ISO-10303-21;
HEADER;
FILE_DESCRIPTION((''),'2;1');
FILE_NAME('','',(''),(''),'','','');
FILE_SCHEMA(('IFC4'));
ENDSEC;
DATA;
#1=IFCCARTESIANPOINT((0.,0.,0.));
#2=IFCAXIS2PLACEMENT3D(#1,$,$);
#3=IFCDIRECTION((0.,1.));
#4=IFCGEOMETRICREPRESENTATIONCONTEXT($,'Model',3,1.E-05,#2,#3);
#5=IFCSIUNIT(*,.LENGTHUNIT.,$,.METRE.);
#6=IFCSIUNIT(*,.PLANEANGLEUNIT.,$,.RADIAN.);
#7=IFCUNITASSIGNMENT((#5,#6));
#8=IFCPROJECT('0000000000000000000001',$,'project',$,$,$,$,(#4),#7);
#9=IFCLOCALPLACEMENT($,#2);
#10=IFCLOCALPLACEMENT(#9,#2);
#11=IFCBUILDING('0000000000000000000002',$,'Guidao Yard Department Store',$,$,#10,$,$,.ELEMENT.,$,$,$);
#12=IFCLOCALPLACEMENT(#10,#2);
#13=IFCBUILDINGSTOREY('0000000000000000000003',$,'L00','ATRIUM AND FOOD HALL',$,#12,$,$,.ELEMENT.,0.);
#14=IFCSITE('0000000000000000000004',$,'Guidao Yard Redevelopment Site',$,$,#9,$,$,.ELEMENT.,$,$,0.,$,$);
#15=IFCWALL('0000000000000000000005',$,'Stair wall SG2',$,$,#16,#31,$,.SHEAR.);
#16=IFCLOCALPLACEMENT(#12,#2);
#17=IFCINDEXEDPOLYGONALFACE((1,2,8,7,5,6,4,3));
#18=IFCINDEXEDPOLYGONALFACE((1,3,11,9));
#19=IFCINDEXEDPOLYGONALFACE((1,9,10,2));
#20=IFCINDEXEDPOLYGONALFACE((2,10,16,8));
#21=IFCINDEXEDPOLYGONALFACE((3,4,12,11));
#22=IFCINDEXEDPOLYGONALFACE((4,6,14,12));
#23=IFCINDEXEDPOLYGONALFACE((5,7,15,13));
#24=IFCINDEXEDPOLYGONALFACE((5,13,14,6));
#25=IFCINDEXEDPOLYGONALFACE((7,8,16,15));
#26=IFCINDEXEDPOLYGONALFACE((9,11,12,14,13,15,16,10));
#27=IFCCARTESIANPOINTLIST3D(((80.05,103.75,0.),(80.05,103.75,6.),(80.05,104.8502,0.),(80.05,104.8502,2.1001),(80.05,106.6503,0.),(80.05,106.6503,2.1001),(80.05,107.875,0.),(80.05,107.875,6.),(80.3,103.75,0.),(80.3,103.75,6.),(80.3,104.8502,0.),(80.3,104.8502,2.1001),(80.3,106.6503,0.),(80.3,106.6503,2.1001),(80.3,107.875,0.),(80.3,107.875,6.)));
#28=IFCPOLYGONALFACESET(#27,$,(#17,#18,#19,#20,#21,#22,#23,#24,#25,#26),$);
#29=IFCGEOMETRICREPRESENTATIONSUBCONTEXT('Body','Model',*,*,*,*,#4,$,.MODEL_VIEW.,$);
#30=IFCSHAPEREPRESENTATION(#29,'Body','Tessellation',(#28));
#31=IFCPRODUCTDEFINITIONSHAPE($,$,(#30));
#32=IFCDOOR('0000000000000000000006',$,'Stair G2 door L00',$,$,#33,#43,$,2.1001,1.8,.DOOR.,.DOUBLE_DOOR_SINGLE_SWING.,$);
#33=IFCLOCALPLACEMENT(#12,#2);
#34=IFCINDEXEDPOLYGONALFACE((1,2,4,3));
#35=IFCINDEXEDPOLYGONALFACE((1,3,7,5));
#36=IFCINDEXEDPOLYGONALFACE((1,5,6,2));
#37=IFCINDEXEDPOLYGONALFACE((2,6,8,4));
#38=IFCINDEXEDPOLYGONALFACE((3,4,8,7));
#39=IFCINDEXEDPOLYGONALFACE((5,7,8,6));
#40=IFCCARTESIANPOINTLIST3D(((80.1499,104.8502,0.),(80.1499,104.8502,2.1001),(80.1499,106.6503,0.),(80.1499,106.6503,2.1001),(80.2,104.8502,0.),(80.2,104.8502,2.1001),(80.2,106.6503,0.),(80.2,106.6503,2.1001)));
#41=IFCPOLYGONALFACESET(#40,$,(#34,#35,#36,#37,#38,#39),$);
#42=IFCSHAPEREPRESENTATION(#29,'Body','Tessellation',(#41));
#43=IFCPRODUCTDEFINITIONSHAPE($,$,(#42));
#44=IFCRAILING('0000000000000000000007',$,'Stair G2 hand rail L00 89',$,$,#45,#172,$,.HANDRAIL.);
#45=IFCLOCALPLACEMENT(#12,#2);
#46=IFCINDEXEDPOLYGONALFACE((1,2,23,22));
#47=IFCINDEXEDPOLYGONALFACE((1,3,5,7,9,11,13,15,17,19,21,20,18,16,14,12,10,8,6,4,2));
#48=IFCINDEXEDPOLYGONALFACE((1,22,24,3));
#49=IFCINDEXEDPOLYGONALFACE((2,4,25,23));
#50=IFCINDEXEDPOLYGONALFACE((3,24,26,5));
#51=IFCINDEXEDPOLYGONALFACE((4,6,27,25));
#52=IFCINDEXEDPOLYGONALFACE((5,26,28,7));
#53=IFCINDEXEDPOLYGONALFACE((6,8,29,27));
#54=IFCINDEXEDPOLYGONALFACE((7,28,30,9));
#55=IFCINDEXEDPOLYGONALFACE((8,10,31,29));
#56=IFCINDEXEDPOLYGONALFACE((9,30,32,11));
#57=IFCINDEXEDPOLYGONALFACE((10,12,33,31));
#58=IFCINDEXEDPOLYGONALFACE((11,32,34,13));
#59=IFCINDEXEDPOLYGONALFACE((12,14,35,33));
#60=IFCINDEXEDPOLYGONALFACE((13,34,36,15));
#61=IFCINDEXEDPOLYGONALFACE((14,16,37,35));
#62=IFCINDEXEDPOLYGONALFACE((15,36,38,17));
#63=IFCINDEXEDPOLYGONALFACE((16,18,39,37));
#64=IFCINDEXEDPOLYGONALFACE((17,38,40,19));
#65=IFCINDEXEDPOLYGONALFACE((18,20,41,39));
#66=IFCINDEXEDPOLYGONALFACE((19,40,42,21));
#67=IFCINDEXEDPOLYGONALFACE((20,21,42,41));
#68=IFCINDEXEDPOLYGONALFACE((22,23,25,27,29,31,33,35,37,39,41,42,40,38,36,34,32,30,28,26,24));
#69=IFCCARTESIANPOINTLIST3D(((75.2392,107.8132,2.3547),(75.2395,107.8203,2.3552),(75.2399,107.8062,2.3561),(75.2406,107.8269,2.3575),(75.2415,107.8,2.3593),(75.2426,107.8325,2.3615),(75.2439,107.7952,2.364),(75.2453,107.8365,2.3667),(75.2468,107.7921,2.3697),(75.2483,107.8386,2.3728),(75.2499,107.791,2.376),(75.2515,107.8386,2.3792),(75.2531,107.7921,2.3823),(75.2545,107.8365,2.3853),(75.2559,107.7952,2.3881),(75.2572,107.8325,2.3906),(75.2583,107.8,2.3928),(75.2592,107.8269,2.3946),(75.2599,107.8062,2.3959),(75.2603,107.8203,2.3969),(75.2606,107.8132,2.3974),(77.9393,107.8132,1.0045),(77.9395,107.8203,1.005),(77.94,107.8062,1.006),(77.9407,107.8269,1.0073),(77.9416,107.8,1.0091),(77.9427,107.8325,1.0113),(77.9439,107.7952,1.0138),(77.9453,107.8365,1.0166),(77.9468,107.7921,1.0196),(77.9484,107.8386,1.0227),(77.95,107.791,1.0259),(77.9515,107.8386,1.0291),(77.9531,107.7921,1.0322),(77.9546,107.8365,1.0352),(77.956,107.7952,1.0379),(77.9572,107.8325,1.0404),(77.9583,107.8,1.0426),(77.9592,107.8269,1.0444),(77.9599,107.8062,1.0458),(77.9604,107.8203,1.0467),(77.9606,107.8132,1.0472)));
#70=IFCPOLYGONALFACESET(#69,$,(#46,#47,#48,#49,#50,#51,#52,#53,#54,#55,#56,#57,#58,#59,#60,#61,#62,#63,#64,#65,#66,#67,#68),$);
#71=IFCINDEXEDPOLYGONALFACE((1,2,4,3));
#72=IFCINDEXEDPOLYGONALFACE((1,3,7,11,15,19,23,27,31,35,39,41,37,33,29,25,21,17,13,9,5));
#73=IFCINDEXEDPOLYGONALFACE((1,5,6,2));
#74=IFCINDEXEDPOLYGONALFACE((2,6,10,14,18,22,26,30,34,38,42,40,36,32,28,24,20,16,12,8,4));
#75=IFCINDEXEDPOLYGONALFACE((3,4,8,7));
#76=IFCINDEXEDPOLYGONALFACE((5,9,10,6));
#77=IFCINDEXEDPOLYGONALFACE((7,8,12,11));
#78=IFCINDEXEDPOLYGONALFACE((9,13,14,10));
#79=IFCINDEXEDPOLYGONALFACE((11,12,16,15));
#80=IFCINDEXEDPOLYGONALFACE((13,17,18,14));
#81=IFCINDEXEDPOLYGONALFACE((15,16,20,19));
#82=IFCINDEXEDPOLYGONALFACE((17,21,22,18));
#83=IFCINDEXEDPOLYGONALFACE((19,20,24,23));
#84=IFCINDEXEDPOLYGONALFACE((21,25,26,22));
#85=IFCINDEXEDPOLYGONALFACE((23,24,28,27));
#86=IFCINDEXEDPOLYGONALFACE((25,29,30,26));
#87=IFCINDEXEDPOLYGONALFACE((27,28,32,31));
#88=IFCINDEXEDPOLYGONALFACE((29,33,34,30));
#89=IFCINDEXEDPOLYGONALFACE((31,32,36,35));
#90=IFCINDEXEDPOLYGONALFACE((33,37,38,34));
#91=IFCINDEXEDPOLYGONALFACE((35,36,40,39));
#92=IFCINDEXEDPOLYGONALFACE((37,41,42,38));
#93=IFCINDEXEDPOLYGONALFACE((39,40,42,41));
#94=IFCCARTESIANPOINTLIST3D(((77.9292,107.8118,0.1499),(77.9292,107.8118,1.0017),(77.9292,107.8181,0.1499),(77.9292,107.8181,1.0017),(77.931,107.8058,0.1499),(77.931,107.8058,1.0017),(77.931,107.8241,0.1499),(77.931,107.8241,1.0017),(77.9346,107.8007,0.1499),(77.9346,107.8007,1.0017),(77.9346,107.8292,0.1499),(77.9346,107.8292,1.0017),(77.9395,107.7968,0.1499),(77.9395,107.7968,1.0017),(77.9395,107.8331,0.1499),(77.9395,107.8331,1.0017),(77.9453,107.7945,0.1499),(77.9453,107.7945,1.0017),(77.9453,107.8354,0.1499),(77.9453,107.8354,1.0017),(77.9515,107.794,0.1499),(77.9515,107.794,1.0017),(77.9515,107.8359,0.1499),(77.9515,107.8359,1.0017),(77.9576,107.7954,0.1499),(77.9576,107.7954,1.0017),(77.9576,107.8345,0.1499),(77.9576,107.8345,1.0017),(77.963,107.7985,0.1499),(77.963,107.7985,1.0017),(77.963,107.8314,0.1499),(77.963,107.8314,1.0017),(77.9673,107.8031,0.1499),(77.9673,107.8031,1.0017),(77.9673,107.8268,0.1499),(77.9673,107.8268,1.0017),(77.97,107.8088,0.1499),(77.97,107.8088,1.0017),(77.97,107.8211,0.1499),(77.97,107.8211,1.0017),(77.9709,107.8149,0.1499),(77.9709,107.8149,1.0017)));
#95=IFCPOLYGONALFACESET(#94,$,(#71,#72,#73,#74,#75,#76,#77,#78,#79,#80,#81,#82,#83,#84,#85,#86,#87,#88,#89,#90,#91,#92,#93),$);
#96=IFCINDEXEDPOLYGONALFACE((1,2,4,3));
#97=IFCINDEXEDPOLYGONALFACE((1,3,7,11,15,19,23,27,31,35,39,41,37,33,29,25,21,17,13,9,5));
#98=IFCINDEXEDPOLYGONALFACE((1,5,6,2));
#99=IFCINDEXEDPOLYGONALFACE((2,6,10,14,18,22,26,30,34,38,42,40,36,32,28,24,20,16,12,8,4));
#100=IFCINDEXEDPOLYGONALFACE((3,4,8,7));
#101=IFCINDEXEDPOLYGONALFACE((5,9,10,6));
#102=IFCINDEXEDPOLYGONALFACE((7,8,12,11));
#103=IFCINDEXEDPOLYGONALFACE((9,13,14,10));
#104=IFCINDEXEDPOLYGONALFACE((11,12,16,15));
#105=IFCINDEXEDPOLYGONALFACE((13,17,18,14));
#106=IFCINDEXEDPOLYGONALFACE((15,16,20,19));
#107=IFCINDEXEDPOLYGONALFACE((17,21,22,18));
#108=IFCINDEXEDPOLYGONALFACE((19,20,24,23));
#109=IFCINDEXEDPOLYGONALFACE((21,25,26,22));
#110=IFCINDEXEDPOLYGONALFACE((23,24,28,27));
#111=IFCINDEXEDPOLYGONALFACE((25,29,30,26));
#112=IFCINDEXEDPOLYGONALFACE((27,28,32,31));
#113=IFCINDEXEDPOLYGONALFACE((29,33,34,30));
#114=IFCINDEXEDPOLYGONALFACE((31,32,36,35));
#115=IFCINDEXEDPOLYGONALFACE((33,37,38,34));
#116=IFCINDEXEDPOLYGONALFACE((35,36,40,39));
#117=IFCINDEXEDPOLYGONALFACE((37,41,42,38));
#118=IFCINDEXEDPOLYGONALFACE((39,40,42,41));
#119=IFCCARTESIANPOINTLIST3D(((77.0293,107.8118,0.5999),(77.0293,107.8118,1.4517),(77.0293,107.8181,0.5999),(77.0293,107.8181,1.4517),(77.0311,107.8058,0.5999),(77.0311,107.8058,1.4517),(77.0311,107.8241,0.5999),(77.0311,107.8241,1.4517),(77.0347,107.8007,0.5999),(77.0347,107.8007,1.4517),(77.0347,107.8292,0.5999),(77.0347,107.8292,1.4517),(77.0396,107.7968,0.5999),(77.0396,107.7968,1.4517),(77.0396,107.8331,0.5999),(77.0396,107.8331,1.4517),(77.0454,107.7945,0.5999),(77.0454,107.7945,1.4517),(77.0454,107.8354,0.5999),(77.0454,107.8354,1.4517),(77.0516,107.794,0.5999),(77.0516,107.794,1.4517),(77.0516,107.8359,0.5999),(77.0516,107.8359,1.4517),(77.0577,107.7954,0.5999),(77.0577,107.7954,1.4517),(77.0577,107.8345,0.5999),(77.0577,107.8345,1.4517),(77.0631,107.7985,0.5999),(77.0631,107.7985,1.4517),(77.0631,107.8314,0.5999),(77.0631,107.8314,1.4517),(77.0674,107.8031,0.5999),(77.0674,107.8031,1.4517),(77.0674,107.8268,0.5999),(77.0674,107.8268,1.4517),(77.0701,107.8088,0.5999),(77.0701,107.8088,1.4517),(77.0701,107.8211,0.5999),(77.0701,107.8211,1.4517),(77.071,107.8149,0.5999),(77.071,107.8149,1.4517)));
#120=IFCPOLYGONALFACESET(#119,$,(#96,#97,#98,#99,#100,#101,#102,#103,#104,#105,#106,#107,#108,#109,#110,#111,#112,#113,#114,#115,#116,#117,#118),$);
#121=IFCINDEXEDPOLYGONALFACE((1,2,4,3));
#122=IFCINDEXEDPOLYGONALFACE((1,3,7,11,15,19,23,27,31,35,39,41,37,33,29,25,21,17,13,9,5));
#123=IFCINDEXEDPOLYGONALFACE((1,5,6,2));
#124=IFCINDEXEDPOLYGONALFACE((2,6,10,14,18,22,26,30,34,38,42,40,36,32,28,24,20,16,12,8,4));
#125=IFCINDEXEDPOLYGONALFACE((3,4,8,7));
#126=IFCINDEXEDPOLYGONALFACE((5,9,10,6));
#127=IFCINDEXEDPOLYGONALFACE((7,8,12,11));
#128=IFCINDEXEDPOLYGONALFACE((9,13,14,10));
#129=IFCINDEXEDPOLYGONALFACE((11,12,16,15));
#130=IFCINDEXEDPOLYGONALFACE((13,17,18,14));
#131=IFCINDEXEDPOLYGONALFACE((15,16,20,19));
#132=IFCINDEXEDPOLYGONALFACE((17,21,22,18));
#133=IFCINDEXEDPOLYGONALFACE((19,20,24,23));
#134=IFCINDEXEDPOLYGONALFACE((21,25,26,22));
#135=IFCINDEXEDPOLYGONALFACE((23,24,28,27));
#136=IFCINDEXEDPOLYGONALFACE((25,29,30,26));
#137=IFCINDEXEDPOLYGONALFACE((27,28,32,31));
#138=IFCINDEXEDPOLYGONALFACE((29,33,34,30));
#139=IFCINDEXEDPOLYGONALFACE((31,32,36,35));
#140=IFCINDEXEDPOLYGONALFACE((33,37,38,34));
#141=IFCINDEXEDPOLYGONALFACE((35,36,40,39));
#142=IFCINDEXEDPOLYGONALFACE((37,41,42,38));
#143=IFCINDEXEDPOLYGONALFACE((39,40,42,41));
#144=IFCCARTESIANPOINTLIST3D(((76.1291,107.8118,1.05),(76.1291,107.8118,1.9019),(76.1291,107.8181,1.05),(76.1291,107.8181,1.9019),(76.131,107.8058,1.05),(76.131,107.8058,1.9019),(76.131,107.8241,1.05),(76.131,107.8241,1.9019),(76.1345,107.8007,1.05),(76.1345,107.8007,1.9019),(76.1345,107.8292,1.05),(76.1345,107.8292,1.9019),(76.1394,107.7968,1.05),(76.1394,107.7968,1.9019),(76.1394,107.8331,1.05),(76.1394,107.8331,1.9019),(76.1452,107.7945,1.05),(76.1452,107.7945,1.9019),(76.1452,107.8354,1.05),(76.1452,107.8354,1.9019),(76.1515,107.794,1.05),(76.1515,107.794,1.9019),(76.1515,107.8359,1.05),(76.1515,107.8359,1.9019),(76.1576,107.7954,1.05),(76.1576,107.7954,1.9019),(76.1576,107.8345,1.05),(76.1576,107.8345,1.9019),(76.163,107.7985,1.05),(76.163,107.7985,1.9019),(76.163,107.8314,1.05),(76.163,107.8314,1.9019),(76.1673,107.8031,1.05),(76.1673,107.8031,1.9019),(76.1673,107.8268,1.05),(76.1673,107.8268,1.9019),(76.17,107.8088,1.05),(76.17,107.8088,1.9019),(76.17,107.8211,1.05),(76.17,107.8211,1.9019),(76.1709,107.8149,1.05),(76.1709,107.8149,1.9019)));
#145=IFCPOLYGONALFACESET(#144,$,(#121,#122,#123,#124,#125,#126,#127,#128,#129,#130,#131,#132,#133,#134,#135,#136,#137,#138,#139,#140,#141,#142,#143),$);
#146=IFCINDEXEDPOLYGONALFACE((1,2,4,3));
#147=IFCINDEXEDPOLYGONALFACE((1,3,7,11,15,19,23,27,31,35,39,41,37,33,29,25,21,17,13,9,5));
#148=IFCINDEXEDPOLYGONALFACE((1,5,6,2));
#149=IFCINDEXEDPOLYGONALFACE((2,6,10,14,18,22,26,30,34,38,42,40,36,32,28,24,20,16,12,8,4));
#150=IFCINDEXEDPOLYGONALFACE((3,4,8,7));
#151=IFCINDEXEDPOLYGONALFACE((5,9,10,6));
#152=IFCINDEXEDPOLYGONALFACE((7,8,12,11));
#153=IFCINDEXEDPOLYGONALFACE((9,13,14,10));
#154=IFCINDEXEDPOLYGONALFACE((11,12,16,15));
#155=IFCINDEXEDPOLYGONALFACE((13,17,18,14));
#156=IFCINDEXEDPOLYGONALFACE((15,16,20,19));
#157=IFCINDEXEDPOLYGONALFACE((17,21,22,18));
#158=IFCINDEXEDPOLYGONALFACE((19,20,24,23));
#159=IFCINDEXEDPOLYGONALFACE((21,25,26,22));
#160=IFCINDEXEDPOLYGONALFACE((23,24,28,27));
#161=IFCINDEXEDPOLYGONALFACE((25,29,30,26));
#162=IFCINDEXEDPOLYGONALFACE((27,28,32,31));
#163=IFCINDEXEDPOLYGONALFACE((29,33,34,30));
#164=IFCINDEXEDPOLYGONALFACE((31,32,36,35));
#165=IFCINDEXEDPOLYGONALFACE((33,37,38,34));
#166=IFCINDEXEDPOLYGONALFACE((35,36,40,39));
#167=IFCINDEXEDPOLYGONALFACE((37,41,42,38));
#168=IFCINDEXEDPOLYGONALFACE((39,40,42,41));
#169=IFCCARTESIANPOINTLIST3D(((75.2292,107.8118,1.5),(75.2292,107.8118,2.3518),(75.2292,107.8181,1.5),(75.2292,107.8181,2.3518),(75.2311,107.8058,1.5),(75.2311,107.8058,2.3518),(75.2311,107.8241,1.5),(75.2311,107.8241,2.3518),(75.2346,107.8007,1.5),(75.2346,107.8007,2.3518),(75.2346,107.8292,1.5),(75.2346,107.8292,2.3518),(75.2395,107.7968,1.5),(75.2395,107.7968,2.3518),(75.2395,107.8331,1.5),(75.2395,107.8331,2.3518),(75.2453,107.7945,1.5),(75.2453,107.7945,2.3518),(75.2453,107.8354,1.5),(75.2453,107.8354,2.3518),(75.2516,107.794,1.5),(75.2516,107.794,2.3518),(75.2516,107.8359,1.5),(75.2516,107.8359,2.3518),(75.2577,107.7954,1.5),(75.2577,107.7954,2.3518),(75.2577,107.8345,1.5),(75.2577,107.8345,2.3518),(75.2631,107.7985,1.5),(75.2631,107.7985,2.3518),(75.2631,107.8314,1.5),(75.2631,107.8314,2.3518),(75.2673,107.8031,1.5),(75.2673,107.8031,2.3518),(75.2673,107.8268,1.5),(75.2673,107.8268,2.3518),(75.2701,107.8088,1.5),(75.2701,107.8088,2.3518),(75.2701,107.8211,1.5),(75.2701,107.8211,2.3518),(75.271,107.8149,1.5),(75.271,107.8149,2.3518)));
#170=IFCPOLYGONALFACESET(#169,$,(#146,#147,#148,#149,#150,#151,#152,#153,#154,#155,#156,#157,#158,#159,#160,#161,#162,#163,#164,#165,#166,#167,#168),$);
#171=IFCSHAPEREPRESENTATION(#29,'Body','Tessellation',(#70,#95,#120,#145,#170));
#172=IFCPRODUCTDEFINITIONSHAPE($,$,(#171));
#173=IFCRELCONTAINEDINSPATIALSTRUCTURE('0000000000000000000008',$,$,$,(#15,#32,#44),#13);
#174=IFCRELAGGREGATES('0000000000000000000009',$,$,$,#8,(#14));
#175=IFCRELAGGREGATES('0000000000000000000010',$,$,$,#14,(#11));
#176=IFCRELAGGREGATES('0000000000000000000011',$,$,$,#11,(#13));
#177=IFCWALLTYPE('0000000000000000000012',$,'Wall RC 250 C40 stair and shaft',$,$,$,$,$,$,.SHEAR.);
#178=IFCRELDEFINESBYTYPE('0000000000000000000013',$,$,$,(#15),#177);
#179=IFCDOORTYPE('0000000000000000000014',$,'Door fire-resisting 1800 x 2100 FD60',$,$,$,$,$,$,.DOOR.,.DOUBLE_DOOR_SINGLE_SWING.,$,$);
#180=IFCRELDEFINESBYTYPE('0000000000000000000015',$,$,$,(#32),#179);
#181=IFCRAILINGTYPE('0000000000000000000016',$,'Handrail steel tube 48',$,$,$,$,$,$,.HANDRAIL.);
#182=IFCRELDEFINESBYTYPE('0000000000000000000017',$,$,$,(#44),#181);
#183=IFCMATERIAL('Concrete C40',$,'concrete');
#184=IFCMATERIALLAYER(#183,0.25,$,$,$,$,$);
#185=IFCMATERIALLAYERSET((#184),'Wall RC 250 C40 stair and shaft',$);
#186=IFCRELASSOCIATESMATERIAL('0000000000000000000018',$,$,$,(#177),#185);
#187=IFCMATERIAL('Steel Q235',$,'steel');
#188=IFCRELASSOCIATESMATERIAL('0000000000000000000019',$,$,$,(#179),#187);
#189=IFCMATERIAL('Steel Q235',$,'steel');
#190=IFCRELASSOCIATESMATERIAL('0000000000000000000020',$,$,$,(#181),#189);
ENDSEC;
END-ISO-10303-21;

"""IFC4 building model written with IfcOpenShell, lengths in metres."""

from ifc_helpers import new_model, si_unit, direction, frame, frame_2d, origin, origin_2d, place, context, subcontext, project, spatial, rectangle, circle, extrude, material, layer, layer_set, type_object, element, fill, save


model = new_model("IFC4")

# Units and contexts
model_context = context("Model", 3, precision=1e-05, world=origin(), true_north=direction((0.0, 1.0)))
body_context = subcontext(model_context, "Body", "Model", "MODEL_VIEW")
ifc_project = project(units=[si_unit("LENGTHUNIT", "METRE"), si_unit("PLANEANGLEUNIT", "RADIAN")], contexts=[model_context])

# Site, building, storey
site_placement = place(None, origin())
site = spatial("IfcSite", under=ifc_project, at=site_placement, Name="Guidao Yard Redevelopment Site", CompositionType="ELEMENT", RefElevation=0.0)
building_placement = place(site_placement, origin())
building = spatial("IfcBuilding", under=site, at=building_placement, Name="Guidao Yard Department Store", CompositionType="ELEMENT")
storey_placement = place(building_placement, origin())
storey = spatial("IfcBuildingStorey", under=building, at=storey_placement, Name="L00", Description="ATRIUM AND FOOD HALL", CompositionType="ELEMENT", Elevation=0.0)

# Shared definitions
ifc_material_1 = material(Name="Concrete C40", Category="concrete")
ifc_layer_1 = layer(ifc_material_1, 0.25)
ifc_layer_set_1 = layer_set([ifc_layer_1], Name="Wall RC 250 C40 stair and shaft")
wall_type = type_object("IfcWallType", Name="Wall RC 250 C40 stair and shaft", PredefinedType="SHEAR", material=ifc_layer_set_1)

# Shared definitions
ifc_material_2 = material(Name="Steel Q235", Category="steel")
door_type = type_object("IfcDoorType", Name="Door fire-resisting 1800 x 2100 FD60", OperationType="DOUBLE_DOOR_SINGLE_SWING", PredefinedType="DOOR", material=ifc_material_2)

# Wall, opening, door
wall_1_placement = place(storey_placement, frame((80.175, 103.75, 0.0), z_axis=(0.0, 0.0, 1.0), x_axis=(0.0, 1.0, 0.0)))
wall_1 = element("IfcWall", 1, at=wall_1_placement, inside=storey, type_object=wall_type, Name="Stair wall SG2", PredefinedType="SHEAR", context=body_context, shape_type="SweptSolid", body=[
    extrude(rectangle(XDim=4.125, YDim=0.25, at=frame_2d((2.0625, 0.0))), origin(), (0.0, 0.0, 1.0), 6.0),
])
opening_1_placement = place(wall_1_placement, frame((2.9001, 0.0, 0.0), z_axis=(0.0, 0.0, 1.0), x_axis=(-1.0, 0.0, 0.0)))
opening_1 = element("IfcOpeningElement", 2, at=opening_1_placement, cuts=wall_1, PredefinedType="OPENING", context=body_context, shape_type="SweptSolid", body=[
    extrude(rectangle(XDim=1.8, YDim=2.1001, at=frame_2d((0.8999, 1.05))), frame((0.0, 0.135, 0.0), z_axis=(0.0, -1.0, 0.0), x_axis=(1.0, 0.0, 0.0)), (0.0, 0.0, 1.0), 0.27),
])
door_1_placement = place(opening_1_placement, origin())
door_1 = element("IfcDoor", 3, at=door_1_placement, inside=storey, type_object=door_type, Name="Stair G2 door L00", OperationType="DOUBLE_DOOR_SINGLE_SWING", OverallHeight=2.1001, OverallWidth=1.8, PredefinedType="DOOR", context=body_context, shape_type="SweptSolid", body=[
    extrude(rectangle(XDim=1.8, YDim=2.1001, at=frame_2d((0.8999, 1.05))), frame((0.0, 0.0249, 0.0), z_axis=(0.0, -1.0, 0.0), x_axis=(1.0, 0.0, 0.0)), (0.0, 0.0, 1.0), 0.05),
])
fill(opening_1, door_1)

# Railing
ifc_material_3 = material(Name="Steel Q235", Category="steel")
railing_type = type_object("IfcRailingType", Name="Handrail steel tube 48", PredefinedType="HANDRAIL", material=ifc_material_3)
for number, where, name in (
    (4, (77.95, 107.8149, 0.1499), "Stair G2 hand rail L00 89"),
):
    element("IfcRailing", number, at=place(storey_placement, frame(where)), inside=storey, type_object=railing_type, Name=name, PredefinedType="HANDRAIL", context=body_context, shape_type="SweptSolid", body=[
        extrude(circle(Radius=0.0239, at=origin_2d()), frame((0.0, 0.0, 0.876), z_axis=(-0.894411, 0.0, 0.447246), x_axis=(0.0, -1.0, 0.0)), (0.0, 0.0, 1.0), 3.0188),
        extrude(circle(Radius=0.021, at=origin_2d()), origin(), (0.0, 0.0, 1.0), 0.8518),
        extrude(circle(Radius=0.021, at=origin_2d()), frame((-0.8999, 0.0, 0.45)), (0.0, 0.0, 1.0), 0.8518),
        extrude(circle(Radius=0.021, at=origin_2d()), frame((-1.8, 0.0, 0.9001)), (0.0, 0.0, 1.0), 0.8518),
        extrude(circle(Radius=0.021, at=origin_2d()), frame((-2.7, 0.0, 1.3501)), (0.0, 0.0, 1.0), 0.8518),
    ])

save(model, "model.ifc")
